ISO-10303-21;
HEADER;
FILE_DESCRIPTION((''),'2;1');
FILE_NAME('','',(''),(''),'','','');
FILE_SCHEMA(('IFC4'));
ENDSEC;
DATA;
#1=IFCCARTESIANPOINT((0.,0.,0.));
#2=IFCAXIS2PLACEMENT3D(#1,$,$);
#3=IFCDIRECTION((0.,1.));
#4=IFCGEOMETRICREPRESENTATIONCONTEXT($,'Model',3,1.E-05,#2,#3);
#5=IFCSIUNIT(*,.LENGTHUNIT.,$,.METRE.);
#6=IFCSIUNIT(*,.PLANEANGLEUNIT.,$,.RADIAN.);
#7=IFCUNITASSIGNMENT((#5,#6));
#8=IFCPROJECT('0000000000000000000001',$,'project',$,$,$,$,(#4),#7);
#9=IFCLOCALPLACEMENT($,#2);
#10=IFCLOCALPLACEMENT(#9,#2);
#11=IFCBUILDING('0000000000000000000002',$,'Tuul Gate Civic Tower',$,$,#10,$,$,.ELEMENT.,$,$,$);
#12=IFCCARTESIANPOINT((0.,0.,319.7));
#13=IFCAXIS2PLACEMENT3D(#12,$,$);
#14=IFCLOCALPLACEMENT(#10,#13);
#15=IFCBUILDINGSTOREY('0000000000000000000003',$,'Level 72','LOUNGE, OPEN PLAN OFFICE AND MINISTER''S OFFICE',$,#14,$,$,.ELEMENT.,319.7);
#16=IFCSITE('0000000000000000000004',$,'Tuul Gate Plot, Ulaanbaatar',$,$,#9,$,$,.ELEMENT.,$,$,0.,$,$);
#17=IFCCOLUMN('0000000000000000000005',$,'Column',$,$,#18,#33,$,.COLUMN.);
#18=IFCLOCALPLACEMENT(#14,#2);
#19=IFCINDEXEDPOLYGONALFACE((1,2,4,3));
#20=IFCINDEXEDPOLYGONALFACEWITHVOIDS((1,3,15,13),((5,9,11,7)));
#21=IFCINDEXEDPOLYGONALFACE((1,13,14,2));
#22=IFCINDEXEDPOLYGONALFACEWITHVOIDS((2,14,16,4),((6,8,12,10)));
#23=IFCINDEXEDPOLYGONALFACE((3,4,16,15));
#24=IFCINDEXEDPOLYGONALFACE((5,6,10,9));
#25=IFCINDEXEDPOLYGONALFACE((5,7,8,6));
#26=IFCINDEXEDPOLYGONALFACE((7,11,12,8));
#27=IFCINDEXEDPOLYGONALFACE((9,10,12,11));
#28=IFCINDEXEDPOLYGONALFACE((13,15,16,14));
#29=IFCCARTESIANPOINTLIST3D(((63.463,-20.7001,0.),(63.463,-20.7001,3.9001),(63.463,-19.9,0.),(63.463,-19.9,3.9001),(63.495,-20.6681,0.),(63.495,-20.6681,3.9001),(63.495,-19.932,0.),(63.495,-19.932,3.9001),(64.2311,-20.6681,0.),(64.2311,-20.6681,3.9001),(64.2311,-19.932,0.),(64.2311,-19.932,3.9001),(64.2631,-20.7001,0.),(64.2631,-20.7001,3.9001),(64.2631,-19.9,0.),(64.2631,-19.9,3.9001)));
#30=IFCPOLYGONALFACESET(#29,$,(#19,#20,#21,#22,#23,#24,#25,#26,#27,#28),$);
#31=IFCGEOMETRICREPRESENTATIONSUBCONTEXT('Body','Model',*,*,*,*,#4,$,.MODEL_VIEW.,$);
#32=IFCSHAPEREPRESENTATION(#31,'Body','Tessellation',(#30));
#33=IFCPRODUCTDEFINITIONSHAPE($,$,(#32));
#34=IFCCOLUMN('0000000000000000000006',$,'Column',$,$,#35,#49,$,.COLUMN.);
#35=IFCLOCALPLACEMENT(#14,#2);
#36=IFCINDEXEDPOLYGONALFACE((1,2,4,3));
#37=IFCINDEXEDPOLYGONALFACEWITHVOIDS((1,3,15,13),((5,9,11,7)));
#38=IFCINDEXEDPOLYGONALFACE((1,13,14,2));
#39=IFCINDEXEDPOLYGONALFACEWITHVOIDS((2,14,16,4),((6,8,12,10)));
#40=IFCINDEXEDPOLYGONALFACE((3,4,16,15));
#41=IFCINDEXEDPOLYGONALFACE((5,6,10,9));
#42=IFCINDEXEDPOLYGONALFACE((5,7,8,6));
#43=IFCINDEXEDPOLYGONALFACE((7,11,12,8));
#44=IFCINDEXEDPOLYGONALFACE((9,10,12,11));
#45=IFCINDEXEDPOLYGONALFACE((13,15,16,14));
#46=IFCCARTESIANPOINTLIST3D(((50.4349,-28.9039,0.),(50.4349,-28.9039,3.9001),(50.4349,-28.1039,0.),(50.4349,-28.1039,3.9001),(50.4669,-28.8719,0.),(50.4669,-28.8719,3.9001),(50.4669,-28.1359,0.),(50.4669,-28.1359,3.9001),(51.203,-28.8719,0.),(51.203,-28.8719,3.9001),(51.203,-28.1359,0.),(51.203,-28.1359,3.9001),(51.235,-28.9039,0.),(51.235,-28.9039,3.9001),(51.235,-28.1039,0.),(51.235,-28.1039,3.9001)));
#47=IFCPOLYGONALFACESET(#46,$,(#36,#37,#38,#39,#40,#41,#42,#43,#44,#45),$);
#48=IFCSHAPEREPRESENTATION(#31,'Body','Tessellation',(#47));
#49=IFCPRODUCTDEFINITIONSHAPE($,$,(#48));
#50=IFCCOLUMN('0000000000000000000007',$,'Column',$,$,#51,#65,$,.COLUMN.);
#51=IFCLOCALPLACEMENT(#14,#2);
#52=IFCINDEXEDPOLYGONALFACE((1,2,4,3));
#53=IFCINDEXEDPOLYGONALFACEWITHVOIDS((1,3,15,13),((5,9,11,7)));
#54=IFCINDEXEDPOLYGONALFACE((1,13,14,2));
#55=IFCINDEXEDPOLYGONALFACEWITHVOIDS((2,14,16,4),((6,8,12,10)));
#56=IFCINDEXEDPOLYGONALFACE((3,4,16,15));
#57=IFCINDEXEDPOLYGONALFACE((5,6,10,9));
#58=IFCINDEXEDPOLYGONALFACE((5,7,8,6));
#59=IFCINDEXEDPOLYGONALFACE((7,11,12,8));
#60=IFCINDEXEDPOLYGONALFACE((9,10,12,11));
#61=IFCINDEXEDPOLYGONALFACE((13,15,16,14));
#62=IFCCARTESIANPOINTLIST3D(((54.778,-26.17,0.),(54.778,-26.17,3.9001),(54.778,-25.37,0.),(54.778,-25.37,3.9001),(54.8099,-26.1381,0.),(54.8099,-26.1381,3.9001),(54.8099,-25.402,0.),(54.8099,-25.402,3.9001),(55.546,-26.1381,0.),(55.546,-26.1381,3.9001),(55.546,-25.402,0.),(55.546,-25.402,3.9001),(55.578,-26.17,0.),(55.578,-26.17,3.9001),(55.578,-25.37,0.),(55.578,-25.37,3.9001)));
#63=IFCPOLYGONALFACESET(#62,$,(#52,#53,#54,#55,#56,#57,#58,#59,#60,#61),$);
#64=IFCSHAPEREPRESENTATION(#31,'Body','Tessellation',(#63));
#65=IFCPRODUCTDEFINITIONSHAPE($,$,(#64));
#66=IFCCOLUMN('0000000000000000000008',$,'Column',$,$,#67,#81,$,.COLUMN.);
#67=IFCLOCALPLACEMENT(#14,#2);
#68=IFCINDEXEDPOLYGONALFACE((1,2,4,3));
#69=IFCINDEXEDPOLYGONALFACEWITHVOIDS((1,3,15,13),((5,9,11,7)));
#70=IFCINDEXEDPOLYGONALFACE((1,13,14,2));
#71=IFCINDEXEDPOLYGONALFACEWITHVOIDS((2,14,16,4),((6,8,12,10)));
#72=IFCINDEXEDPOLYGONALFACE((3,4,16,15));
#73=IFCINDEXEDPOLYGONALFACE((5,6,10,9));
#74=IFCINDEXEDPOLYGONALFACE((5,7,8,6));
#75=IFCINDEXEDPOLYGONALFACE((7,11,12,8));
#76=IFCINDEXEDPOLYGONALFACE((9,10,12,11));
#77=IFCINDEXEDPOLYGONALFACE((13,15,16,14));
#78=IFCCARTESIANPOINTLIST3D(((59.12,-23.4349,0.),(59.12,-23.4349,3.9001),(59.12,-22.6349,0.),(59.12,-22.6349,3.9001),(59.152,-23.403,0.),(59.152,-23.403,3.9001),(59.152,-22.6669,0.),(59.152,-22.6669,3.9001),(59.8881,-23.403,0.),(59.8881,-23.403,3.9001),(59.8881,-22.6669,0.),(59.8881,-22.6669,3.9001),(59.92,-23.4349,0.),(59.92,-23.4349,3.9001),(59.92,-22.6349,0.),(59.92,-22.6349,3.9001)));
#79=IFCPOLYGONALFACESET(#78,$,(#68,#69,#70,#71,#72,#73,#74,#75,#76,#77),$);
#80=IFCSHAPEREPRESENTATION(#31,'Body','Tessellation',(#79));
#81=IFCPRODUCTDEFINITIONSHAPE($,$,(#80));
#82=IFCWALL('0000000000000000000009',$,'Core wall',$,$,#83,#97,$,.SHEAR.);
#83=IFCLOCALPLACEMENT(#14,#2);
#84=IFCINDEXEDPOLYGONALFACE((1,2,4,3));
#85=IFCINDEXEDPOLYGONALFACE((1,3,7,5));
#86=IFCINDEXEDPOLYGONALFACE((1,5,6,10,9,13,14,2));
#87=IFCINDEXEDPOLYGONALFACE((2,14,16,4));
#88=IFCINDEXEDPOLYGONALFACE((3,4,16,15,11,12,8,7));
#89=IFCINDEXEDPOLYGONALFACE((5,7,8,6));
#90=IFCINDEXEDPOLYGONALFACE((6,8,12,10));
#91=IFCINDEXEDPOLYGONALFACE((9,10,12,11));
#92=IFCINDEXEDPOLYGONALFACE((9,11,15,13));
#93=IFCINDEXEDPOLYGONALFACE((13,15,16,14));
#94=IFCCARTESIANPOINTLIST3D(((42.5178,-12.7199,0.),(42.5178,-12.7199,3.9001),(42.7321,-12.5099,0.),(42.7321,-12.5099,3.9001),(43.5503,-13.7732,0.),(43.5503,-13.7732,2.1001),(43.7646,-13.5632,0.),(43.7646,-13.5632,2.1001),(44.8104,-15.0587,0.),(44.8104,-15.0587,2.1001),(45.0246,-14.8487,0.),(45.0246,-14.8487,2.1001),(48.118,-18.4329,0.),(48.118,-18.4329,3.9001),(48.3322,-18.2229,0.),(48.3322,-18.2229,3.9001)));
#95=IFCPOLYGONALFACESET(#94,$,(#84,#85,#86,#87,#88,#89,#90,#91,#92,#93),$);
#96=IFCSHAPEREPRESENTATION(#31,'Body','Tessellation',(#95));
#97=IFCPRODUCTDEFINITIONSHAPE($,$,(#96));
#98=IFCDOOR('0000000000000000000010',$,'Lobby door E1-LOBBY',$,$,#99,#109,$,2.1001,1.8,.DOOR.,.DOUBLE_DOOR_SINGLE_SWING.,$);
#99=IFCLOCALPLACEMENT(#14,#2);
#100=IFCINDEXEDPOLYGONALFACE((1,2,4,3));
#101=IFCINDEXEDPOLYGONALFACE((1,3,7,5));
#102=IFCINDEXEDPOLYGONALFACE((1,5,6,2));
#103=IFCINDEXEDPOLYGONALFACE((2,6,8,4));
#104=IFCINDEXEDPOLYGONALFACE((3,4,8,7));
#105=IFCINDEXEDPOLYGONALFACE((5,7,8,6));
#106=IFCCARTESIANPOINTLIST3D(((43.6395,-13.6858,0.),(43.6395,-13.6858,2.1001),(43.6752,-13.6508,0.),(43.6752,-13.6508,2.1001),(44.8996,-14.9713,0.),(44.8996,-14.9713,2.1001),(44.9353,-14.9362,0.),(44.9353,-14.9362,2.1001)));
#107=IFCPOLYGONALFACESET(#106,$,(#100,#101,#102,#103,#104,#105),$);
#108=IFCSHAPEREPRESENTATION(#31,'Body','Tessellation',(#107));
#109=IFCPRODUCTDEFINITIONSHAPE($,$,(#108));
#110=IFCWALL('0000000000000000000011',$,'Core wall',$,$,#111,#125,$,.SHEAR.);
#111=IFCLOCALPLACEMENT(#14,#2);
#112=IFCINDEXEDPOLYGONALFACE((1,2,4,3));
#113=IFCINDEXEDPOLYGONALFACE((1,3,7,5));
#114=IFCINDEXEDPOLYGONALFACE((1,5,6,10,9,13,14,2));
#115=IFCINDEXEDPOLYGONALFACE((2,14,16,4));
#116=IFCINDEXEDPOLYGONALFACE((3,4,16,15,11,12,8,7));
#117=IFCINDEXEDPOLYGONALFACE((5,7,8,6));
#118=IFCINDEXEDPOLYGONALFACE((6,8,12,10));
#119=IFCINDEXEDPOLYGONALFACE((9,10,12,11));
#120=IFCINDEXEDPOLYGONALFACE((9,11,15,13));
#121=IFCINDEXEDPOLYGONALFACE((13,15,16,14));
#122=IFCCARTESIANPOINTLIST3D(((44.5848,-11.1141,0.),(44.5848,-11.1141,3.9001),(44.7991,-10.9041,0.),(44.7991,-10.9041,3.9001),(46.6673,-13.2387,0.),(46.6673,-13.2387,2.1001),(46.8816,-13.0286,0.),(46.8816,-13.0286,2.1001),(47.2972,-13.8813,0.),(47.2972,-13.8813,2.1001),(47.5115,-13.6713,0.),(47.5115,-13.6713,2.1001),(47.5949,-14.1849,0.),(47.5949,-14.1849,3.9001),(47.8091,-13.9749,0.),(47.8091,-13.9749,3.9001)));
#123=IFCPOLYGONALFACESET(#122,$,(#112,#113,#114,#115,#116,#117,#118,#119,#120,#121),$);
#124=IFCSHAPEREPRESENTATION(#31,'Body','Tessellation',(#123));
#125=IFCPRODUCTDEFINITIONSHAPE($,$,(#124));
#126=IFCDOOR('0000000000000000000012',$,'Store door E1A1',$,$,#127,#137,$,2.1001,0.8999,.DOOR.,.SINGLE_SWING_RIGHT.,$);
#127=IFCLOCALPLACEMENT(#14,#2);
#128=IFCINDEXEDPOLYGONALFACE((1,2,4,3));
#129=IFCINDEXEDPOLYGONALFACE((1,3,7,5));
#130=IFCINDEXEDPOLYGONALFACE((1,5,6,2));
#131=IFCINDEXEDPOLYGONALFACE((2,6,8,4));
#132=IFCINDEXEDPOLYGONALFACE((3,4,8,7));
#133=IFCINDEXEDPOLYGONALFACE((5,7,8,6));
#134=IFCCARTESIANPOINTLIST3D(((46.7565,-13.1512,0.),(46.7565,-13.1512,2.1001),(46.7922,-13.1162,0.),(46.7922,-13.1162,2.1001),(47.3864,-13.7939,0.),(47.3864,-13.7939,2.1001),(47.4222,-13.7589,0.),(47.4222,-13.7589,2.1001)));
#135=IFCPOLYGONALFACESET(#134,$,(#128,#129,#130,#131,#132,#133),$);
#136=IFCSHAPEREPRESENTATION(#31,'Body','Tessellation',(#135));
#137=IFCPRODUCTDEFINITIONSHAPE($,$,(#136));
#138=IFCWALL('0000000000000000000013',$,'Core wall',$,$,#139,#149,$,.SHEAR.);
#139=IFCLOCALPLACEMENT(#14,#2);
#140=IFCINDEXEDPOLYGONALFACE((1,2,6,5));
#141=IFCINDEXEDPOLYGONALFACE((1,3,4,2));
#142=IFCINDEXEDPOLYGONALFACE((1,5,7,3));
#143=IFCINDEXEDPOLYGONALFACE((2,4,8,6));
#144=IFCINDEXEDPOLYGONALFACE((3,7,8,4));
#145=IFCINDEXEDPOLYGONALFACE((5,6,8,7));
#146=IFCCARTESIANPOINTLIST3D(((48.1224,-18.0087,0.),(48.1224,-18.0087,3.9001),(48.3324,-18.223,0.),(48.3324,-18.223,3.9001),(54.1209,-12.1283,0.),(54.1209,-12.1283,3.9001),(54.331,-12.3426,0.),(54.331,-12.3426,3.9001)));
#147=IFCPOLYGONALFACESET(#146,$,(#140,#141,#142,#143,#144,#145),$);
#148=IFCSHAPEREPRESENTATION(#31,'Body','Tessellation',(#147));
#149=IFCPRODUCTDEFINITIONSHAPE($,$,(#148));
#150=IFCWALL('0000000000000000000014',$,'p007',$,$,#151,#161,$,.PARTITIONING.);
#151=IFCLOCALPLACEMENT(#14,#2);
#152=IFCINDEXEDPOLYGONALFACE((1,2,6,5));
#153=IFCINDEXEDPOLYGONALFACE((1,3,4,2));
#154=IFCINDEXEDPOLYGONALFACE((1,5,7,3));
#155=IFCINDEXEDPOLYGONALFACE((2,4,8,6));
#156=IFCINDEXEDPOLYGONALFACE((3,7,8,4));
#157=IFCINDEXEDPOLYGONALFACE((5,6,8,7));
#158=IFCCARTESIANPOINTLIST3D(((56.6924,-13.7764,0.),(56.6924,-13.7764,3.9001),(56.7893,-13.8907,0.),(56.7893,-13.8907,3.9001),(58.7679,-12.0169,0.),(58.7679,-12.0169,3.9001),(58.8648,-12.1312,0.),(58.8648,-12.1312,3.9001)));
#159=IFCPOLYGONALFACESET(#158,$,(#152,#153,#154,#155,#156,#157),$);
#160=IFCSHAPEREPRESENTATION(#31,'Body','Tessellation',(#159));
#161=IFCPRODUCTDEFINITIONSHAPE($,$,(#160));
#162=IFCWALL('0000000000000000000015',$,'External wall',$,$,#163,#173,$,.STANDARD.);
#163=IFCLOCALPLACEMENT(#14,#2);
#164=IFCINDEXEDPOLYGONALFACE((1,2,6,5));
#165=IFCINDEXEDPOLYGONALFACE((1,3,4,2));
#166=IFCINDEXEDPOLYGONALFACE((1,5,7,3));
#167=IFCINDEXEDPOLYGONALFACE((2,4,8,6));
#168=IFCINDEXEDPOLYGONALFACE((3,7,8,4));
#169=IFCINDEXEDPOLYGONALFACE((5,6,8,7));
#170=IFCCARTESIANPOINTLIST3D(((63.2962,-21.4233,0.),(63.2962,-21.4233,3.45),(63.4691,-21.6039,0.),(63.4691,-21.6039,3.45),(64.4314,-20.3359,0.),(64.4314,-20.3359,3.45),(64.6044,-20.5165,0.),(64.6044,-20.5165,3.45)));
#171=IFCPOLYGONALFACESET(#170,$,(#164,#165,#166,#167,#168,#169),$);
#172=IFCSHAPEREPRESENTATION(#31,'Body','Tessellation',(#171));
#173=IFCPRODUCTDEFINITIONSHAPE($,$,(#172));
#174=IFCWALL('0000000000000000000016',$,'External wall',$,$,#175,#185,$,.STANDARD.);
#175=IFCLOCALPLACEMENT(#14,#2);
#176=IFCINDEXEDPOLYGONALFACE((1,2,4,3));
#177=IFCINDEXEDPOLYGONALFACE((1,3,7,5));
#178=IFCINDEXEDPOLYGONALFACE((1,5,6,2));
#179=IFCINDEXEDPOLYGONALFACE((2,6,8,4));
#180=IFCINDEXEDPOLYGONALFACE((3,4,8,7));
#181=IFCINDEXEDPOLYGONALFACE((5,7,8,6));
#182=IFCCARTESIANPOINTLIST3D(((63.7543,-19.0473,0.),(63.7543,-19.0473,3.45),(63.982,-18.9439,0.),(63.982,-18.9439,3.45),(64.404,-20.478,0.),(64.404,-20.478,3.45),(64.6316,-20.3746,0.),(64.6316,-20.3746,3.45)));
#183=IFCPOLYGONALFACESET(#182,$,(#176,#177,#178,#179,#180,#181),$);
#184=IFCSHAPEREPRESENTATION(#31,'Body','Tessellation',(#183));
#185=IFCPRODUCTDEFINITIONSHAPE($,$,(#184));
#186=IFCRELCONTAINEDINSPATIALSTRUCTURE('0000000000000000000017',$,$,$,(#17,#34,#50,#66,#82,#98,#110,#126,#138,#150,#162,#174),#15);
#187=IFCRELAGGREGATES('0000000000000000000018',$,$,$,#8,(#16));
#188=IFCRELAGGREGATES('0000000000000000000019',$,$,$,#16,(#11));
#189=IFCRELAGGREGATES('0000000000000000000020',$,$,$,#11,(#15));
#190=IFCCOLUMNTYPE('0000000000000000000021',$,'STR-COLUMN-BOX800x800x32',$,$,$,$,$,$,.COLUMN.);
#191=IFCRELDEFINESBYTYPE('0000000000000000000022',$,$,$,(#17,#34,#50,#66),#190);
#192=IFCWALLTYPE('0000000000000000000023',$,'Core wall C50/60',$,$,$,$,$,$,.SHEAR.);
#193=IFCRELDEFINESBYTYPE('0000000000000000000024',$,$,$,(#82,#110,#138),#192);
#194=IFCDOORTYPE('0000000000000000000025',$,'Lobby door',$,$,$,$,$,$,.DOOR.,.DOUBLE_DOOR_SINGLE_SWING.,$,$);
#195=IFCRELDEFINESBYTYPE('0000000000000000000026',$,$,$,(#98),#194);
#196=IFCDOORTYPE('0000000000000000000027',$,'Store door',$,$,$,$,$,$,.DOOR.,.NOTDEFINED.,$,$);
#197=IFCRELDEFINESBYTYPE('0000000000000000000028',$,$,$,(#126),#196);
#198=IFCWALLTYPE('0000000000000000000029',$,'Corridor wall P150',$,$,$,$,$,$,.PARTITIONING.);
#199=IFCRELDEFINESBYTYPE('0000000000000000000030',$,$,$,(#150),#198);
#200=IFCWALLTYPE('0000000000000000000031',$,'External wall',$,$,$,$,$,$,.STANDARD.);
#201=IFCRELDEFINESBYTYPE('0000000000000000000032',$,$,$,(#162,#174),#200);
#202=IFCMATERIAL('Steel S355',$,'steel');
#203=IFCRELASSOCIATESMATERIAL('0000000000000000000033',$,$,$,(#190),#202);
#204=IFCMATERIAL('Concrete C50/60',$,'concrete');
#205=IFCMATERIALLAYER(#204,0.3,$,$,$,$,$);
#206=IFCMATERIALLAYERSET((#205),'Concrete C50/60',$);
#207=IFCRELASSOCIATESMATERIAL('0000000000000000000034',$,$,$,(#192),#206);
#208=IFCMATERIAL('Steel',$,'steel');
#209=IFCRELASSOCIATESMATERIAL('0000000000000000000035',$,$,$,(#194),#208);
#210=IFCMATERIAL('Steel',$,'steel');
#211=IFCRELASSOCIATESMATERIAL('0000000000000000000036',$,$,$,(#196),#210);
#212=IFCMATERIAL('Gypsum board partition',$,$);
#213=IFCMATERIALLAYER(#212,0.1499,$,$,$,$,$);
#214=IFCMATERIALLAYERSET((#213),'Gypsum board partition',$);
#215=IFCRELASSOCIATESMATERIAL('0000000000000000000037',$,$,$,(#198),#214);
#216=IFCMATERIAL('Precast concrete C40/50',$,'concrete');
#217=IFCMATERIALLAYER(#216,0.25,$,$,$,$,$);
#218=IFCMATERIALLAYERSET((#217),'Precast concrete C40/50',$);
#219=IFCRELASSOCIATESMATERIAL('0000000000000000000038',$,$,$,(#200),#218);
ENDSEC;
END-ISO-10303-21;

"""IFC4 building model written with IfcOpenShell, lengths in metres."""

from ifc_helpers import new_model, si_unit, direction, frame, frame_2d, origin, origin_2d, place, context, subcontext, project, spatial, rectangle, hollow_rectangle, extrude, material, layer, layer_set, material_profile, profile_set, type_object, element, fill, save


model = new_model("IFC4")

# Units and contexts
model_context = context("Model", 3, precision=1e-05, world=origin(), true_north=direction((0.0, 1.0)))
body_context = subcontext(model_context, "Body", "Model", "MODEL_VIEW")
ifc_project = project(units=[si_unit("LENGTHUNIT", "METRE"), si_unit("PLANEANGLEUNIT", "RADIAN")], contexts=[model_context])

# Site, building, storey
site_placement = place(None, origin())
site = spatial("IfcSite", under=ifc_project, at=site_placement, Name="Tuul Gate Plot, Ulaanbaatar", CompositionType="ELEMENT", RefElevation=0.0)
building_placement = place(site_placement, origin())
building = spatial("IfcBuilding", under=site, at=building_placement, Name="Tuul Gate Civic Tower", CompositionType="ELEMENT")
storey_placement = place(building_placement, frame((0.0, 0.0, 319.7)))
storey = spatial("IfcBuildingStorey", under=building, at=storey_placement, Name="Level 72", Description="LOUNGE, OPEN PLAN OFFICE AND MINISTER'S OFFICE", CompositionType="ELEMENT", Elevation=319.7)

# Columns
ifc_material_1 = material(Name="Steel S355", Category="steel")
ifc_material_profile_1 = material_profile(ifc_material_1, hollow_rectangle(XDim=0.8, YDim=0.8, WallThickness=0.032, at=origin_2d()), Name="BOX800x800x32")
ifc_profile_set_1 = profile_set([ifc_material_profile_1], Name="Steel S355")
column_type = type_object("IfcColumnType", Name="STR-COLUMN-BOX800x800x32", PredefinedType="COLUMN", material=ifc_profile_set_1)
for number, where, z_axis, x_axis, name in (
    (1, (63.863, -20.3, 0.0), (0.0, 0.0, 1.0), (1.0, 0.0, 0.0), "Column"),
    (2, (50.835, -28.5039, 0.0), (0.0, 0.0, 1.0), (1.0, 0.0, 0.0), "Column"),
    (3, (55.178, -25.77, 0.0), (0.0, 0.0, 1.0), (1.0, 0.0, 0.0), "Column"),
    (4, (59.52, -23.0349, 0.0), (0.0, 0.0, 1.0), (1.0, 0.0, 0.0), "Column"),
):
    element("IfcColumn", number, at=place(storey_placement, frame(where, z_axis=z_axis, x_axis=x_axis)), inside=storey, type_object=column_type, Name=name, PredefinedType="COLUMN", context=body_context, shape_type="SweptSolid", body=[
        extrude(hollow_rectangle(XDim=0.8, YDim=0.8, WallThickness=0.032, at=origin_2d()), origin(), (0.0, 0.0, 1.0), 3.9001),
    ])

# Walls, openings, doors
ifc_material_2 = material(Name="Concrete C50/60", Category="concrete")
ifc_layer_1 = layer(ifc_material_2, 0.3)
ifc_layer_set_1 = layer_set([ifc_layer_1], Name="Concrete C50/60")
wall_type_1 = type_object("IfcWallType", Name="Core wall C50/60", PredefinedType="SHEAR", material=ifc_layer_set_1)
wall_1_placement = place(storey_placement, frame((48.2251, -18.3279, 0.0), z_axis=(0.0, 0.0, 1.0), x_axis=(-0.700022, 0.714121, 0.0)))
wall_1 = element("IfcWall", 5, at=wall_1_placement, inside=storey, type_object=wall_type_1, Name="Core wall", PredefinedType="SHEAR", context=body_context, shape_type="SweptSolid", body=[
    extrude(rectangle(XDim=8.0, YDim=0.3, at=frame_2d((4.0, 0.0))), origin(), (0.0, 0.0, 1.0), 3.9001),
])
opening_1_placement = place(wall_1_placement, frame((4.7251, 0.0, 0.0)))
opening_1 = element("IfcOpeningElement", 6, at=opening_1_placement, cuts=wall_1, PredefinedType="OPENING", context=body_context, shape_type="SweptSolid", body=[
    extrude(rectangle(XDim=1.8, YDim=2.1001, at=frame_2d((0.8999, 1.05))), frame((0.0, 0.1602, 0.0), z_axis=(0.0, -1.0, 0.0), x_axis=(1.0, 0.0, 0.0)), (0.0, 0.0, 1.0), 0.3201),
])
ifc_material_3 = material(Name="Steel", Category="steel")
door_type_1 = type_object("IfcDoorType", Name="Lobby door", OperationType="DOUBLE_DOOR_SINGLE_SWING", PredefinedType="DOOR", material=ifc_material_3)
door_1_placement = place(opening_1_placement, frame((1.8, 0.0, 0.0), z_axis=(0.0, 0.0, 1.0), x_axis=(-1.0, 0.0, 0.0)))
door_1 = element("IfcDoor", 7, at=door_1_placement, inside=storey, type_object=door_type_1, Name="Lobby door E1-LOBBY", OperationType="DOUBLE_DOOR_SINGLE_SWING", OverallHeight=2.1001, OverallWidth=1.8, PredefinedType="DOOR", context=body_context, shape_type="SweptSolid", body=[
    extrude(rectangle(XDim=1.8, YDim=2.1001, at=frame_2d((0.9001, 1.05))), frame((0.0, 0.0249, 0.0), z_axis=(0.0, -1.0, 0.0), x_axis=(1.0, 0.0, 0.0)), (0.0, 0.0, 1.0), 0.05),
])
fill(opening_1, door_1)
wall_2_placement = place(storey_placement, frame((47.7019, -14.0798, 0.0), z_axis=(0.0, 0.0, 1.0), x_axis=(-0.700003, 0.71414, 0.0)))
wall_2 = element("IfcWall", 8, at=wall_2_placement, inside=storey, type_object=wall_type_1, Name="Core wall", PredefinedType="SHEAR", context=body_context, shape_type="SweptSolid", body=[
    extrude(rectangle(XDim=4.3, YDim=0.3, at=frame_2d((2.1499, 0.0))), origin(), (0.0, 0.0, 1.0), 3.9001),
])
opening_2_placement = place(wall_2_placement, frame((0.425, 0.0, 0.0)))
opening_2 = element("IfcOpeningElement", 9, at=opening_2_placement, cuts=wall_2, PredefinedType="OPENING", context=body_context, shape_type="SweptSolid", body=[
    extrude(rectangle(XDim=0.8999, YDim=2.1001, at=frame_2d((0.45, 1.05))), frame((0.0, 0.1602, 0.0), z_axis=(0.0, -1.0, 0.0), x_axis=(1.0, 0.0, 0.0)), (0.0, 0.0, 1.0), 0.3201),
])
ifc_material_4 = material(Name="Steel", Category="steel")
door_type_2 = type_object("IfcDoorType", Name="Store door", OperationType="NOTDEFINED", PredefinedType="DOOR", material=ifc_material_4)
door_2_placement = place(opening_2_placement, frame((0.8999, 0.0, 0.0), z_axis=(0.0, 0.0, 1.0), x_axis=(-1.0, 0.0, 0.0)))
door_2 = element("IfcDoor", 10, at=door_2_placement, inside=storey, type_object=door_type_2, Name="Store door E1A1", OperationType="SINGLE_SWING_RIGHT", OverallHeight=2.1001, OverallWidth=0.8999, PredefinedType="DOOR", context=body_context, shape_type="SweptSolid", body=[
    extrude(rectangle(XDim=0.8999, YDim=2.1001, at=frame_2d((0.45, 1.05))), frame((0.0, 0.0249, 0.0), z_axis=(0.0, -1.0, 0.0), x_axis=(1.0, 0.0, 0.0)), (0.0, 0.0, 1.0), 0.05),
])
fill(opening_2, door_2)

# Walls
wall_3_placement = place(storey_placement, frame((48.2273, -18.116, 0.0), z_axis=(0.0, 0.0, 1.0), x_axis=(0.714105, 0.700038, 0.0)))
element("IfcWall", 11, at=wall_3_placement, inside=storey, type_object=wall_type_1, Name="Core wall", PredefinedType="SHEAR", context=body_context, shape_type="SweptSolid", body=[
    extrude(rectangle(XDim=8.4001, YDim=0.3, at=frame_2d((4.2002, 0.0))), origin(), (0.0, 0.0, 1.0), 3.9001),
])
ifc_material_5 = material(Name="Gypsum board partition")
ifc_layer_2 = layer(ifc_material_5, 0.1499)
ifc_layer_set_2 = layer_set([ifc_layer_2], Name="Gypsum board partition")
wall_type_2 = type_object("IfcWallType", Name="Corridor wall P150", PredefinedType="PARTITIONING", material=ifc_layer_set_2)
wall_4_placement = place(storey_placement, frame((56.741, -13.8335, 0.0), z_axis=(0.0, 0.0, 1.0), x_axis=(0.762773, 0.646666, 0.0)))
element("IfcWall", 12, at=wall_4_placement, inside=storey, type_object=wall_type_2, Name="p007", PredefinedType="PARTITIONING", context=body_context, shape_type="SweptSolid", body=[
    extrude(rectangle(XDim=2.7209, YDim=0.1499, at=frame_2d((1.3604, 0.0))), origin(), (0.0, 0.0, 1.0), 3.9001),
])
ifc_material_6 = material(Name="Precast concrete C40/50", Category="concrete")
ifc_layer_3 = layer(ifc_material_6, 0.25)
ifc_layer_set_3 = layer_set([ifc_layer_3], Name="Precast concrete C40/50")
wall_type_3 = type_object("IfcWallType", Name="External wall", PredefinedType="STANDARD", material=ifc_layer_set_3)
wall_5_placement = place(storey_placement, frame((63.3826, -21.5137, 0.0), z_axis=(0.0, 0.0, 1.0), x_axis=(0.722163, 0.691723, 0.0)))
element("IfcWall", 13, at=wall_5_placement, inside=storey, type_object=wall_type_3, Name="External wall", PredefinedType="STANDARD", context=body_context, shape_type="SweptSolid", body=[
    extrude(rectangle(XDim=1.572, YDim=0.25, at=frame_2d((0.7861, 0.0))), origin(), (0.0, 0.0, 1.0), 3.45),
])
wall_6_placement = place(storey_placement, frame((64.5178, -20.4263, 0.0), z_axis=(0.0, 0.0, 1.0), x_axis=(-0.413463, 0.910521, 0.0)))
element("IfcWall", 14, at=wall_6_placement, inside=storey, type_object=wall_type_3, Name="External wall", PredefinedType="STANDARD", context=body_context, shape_type="SweptSolid", body=[
    extrude(rectangle(XDim=1.5713, YDim=0.25, at=frame_2d((0.7856, 0.0))), origin(), (0.0, 0.0, 1.0), 3.45),
])

save(model, "model.ifc")
